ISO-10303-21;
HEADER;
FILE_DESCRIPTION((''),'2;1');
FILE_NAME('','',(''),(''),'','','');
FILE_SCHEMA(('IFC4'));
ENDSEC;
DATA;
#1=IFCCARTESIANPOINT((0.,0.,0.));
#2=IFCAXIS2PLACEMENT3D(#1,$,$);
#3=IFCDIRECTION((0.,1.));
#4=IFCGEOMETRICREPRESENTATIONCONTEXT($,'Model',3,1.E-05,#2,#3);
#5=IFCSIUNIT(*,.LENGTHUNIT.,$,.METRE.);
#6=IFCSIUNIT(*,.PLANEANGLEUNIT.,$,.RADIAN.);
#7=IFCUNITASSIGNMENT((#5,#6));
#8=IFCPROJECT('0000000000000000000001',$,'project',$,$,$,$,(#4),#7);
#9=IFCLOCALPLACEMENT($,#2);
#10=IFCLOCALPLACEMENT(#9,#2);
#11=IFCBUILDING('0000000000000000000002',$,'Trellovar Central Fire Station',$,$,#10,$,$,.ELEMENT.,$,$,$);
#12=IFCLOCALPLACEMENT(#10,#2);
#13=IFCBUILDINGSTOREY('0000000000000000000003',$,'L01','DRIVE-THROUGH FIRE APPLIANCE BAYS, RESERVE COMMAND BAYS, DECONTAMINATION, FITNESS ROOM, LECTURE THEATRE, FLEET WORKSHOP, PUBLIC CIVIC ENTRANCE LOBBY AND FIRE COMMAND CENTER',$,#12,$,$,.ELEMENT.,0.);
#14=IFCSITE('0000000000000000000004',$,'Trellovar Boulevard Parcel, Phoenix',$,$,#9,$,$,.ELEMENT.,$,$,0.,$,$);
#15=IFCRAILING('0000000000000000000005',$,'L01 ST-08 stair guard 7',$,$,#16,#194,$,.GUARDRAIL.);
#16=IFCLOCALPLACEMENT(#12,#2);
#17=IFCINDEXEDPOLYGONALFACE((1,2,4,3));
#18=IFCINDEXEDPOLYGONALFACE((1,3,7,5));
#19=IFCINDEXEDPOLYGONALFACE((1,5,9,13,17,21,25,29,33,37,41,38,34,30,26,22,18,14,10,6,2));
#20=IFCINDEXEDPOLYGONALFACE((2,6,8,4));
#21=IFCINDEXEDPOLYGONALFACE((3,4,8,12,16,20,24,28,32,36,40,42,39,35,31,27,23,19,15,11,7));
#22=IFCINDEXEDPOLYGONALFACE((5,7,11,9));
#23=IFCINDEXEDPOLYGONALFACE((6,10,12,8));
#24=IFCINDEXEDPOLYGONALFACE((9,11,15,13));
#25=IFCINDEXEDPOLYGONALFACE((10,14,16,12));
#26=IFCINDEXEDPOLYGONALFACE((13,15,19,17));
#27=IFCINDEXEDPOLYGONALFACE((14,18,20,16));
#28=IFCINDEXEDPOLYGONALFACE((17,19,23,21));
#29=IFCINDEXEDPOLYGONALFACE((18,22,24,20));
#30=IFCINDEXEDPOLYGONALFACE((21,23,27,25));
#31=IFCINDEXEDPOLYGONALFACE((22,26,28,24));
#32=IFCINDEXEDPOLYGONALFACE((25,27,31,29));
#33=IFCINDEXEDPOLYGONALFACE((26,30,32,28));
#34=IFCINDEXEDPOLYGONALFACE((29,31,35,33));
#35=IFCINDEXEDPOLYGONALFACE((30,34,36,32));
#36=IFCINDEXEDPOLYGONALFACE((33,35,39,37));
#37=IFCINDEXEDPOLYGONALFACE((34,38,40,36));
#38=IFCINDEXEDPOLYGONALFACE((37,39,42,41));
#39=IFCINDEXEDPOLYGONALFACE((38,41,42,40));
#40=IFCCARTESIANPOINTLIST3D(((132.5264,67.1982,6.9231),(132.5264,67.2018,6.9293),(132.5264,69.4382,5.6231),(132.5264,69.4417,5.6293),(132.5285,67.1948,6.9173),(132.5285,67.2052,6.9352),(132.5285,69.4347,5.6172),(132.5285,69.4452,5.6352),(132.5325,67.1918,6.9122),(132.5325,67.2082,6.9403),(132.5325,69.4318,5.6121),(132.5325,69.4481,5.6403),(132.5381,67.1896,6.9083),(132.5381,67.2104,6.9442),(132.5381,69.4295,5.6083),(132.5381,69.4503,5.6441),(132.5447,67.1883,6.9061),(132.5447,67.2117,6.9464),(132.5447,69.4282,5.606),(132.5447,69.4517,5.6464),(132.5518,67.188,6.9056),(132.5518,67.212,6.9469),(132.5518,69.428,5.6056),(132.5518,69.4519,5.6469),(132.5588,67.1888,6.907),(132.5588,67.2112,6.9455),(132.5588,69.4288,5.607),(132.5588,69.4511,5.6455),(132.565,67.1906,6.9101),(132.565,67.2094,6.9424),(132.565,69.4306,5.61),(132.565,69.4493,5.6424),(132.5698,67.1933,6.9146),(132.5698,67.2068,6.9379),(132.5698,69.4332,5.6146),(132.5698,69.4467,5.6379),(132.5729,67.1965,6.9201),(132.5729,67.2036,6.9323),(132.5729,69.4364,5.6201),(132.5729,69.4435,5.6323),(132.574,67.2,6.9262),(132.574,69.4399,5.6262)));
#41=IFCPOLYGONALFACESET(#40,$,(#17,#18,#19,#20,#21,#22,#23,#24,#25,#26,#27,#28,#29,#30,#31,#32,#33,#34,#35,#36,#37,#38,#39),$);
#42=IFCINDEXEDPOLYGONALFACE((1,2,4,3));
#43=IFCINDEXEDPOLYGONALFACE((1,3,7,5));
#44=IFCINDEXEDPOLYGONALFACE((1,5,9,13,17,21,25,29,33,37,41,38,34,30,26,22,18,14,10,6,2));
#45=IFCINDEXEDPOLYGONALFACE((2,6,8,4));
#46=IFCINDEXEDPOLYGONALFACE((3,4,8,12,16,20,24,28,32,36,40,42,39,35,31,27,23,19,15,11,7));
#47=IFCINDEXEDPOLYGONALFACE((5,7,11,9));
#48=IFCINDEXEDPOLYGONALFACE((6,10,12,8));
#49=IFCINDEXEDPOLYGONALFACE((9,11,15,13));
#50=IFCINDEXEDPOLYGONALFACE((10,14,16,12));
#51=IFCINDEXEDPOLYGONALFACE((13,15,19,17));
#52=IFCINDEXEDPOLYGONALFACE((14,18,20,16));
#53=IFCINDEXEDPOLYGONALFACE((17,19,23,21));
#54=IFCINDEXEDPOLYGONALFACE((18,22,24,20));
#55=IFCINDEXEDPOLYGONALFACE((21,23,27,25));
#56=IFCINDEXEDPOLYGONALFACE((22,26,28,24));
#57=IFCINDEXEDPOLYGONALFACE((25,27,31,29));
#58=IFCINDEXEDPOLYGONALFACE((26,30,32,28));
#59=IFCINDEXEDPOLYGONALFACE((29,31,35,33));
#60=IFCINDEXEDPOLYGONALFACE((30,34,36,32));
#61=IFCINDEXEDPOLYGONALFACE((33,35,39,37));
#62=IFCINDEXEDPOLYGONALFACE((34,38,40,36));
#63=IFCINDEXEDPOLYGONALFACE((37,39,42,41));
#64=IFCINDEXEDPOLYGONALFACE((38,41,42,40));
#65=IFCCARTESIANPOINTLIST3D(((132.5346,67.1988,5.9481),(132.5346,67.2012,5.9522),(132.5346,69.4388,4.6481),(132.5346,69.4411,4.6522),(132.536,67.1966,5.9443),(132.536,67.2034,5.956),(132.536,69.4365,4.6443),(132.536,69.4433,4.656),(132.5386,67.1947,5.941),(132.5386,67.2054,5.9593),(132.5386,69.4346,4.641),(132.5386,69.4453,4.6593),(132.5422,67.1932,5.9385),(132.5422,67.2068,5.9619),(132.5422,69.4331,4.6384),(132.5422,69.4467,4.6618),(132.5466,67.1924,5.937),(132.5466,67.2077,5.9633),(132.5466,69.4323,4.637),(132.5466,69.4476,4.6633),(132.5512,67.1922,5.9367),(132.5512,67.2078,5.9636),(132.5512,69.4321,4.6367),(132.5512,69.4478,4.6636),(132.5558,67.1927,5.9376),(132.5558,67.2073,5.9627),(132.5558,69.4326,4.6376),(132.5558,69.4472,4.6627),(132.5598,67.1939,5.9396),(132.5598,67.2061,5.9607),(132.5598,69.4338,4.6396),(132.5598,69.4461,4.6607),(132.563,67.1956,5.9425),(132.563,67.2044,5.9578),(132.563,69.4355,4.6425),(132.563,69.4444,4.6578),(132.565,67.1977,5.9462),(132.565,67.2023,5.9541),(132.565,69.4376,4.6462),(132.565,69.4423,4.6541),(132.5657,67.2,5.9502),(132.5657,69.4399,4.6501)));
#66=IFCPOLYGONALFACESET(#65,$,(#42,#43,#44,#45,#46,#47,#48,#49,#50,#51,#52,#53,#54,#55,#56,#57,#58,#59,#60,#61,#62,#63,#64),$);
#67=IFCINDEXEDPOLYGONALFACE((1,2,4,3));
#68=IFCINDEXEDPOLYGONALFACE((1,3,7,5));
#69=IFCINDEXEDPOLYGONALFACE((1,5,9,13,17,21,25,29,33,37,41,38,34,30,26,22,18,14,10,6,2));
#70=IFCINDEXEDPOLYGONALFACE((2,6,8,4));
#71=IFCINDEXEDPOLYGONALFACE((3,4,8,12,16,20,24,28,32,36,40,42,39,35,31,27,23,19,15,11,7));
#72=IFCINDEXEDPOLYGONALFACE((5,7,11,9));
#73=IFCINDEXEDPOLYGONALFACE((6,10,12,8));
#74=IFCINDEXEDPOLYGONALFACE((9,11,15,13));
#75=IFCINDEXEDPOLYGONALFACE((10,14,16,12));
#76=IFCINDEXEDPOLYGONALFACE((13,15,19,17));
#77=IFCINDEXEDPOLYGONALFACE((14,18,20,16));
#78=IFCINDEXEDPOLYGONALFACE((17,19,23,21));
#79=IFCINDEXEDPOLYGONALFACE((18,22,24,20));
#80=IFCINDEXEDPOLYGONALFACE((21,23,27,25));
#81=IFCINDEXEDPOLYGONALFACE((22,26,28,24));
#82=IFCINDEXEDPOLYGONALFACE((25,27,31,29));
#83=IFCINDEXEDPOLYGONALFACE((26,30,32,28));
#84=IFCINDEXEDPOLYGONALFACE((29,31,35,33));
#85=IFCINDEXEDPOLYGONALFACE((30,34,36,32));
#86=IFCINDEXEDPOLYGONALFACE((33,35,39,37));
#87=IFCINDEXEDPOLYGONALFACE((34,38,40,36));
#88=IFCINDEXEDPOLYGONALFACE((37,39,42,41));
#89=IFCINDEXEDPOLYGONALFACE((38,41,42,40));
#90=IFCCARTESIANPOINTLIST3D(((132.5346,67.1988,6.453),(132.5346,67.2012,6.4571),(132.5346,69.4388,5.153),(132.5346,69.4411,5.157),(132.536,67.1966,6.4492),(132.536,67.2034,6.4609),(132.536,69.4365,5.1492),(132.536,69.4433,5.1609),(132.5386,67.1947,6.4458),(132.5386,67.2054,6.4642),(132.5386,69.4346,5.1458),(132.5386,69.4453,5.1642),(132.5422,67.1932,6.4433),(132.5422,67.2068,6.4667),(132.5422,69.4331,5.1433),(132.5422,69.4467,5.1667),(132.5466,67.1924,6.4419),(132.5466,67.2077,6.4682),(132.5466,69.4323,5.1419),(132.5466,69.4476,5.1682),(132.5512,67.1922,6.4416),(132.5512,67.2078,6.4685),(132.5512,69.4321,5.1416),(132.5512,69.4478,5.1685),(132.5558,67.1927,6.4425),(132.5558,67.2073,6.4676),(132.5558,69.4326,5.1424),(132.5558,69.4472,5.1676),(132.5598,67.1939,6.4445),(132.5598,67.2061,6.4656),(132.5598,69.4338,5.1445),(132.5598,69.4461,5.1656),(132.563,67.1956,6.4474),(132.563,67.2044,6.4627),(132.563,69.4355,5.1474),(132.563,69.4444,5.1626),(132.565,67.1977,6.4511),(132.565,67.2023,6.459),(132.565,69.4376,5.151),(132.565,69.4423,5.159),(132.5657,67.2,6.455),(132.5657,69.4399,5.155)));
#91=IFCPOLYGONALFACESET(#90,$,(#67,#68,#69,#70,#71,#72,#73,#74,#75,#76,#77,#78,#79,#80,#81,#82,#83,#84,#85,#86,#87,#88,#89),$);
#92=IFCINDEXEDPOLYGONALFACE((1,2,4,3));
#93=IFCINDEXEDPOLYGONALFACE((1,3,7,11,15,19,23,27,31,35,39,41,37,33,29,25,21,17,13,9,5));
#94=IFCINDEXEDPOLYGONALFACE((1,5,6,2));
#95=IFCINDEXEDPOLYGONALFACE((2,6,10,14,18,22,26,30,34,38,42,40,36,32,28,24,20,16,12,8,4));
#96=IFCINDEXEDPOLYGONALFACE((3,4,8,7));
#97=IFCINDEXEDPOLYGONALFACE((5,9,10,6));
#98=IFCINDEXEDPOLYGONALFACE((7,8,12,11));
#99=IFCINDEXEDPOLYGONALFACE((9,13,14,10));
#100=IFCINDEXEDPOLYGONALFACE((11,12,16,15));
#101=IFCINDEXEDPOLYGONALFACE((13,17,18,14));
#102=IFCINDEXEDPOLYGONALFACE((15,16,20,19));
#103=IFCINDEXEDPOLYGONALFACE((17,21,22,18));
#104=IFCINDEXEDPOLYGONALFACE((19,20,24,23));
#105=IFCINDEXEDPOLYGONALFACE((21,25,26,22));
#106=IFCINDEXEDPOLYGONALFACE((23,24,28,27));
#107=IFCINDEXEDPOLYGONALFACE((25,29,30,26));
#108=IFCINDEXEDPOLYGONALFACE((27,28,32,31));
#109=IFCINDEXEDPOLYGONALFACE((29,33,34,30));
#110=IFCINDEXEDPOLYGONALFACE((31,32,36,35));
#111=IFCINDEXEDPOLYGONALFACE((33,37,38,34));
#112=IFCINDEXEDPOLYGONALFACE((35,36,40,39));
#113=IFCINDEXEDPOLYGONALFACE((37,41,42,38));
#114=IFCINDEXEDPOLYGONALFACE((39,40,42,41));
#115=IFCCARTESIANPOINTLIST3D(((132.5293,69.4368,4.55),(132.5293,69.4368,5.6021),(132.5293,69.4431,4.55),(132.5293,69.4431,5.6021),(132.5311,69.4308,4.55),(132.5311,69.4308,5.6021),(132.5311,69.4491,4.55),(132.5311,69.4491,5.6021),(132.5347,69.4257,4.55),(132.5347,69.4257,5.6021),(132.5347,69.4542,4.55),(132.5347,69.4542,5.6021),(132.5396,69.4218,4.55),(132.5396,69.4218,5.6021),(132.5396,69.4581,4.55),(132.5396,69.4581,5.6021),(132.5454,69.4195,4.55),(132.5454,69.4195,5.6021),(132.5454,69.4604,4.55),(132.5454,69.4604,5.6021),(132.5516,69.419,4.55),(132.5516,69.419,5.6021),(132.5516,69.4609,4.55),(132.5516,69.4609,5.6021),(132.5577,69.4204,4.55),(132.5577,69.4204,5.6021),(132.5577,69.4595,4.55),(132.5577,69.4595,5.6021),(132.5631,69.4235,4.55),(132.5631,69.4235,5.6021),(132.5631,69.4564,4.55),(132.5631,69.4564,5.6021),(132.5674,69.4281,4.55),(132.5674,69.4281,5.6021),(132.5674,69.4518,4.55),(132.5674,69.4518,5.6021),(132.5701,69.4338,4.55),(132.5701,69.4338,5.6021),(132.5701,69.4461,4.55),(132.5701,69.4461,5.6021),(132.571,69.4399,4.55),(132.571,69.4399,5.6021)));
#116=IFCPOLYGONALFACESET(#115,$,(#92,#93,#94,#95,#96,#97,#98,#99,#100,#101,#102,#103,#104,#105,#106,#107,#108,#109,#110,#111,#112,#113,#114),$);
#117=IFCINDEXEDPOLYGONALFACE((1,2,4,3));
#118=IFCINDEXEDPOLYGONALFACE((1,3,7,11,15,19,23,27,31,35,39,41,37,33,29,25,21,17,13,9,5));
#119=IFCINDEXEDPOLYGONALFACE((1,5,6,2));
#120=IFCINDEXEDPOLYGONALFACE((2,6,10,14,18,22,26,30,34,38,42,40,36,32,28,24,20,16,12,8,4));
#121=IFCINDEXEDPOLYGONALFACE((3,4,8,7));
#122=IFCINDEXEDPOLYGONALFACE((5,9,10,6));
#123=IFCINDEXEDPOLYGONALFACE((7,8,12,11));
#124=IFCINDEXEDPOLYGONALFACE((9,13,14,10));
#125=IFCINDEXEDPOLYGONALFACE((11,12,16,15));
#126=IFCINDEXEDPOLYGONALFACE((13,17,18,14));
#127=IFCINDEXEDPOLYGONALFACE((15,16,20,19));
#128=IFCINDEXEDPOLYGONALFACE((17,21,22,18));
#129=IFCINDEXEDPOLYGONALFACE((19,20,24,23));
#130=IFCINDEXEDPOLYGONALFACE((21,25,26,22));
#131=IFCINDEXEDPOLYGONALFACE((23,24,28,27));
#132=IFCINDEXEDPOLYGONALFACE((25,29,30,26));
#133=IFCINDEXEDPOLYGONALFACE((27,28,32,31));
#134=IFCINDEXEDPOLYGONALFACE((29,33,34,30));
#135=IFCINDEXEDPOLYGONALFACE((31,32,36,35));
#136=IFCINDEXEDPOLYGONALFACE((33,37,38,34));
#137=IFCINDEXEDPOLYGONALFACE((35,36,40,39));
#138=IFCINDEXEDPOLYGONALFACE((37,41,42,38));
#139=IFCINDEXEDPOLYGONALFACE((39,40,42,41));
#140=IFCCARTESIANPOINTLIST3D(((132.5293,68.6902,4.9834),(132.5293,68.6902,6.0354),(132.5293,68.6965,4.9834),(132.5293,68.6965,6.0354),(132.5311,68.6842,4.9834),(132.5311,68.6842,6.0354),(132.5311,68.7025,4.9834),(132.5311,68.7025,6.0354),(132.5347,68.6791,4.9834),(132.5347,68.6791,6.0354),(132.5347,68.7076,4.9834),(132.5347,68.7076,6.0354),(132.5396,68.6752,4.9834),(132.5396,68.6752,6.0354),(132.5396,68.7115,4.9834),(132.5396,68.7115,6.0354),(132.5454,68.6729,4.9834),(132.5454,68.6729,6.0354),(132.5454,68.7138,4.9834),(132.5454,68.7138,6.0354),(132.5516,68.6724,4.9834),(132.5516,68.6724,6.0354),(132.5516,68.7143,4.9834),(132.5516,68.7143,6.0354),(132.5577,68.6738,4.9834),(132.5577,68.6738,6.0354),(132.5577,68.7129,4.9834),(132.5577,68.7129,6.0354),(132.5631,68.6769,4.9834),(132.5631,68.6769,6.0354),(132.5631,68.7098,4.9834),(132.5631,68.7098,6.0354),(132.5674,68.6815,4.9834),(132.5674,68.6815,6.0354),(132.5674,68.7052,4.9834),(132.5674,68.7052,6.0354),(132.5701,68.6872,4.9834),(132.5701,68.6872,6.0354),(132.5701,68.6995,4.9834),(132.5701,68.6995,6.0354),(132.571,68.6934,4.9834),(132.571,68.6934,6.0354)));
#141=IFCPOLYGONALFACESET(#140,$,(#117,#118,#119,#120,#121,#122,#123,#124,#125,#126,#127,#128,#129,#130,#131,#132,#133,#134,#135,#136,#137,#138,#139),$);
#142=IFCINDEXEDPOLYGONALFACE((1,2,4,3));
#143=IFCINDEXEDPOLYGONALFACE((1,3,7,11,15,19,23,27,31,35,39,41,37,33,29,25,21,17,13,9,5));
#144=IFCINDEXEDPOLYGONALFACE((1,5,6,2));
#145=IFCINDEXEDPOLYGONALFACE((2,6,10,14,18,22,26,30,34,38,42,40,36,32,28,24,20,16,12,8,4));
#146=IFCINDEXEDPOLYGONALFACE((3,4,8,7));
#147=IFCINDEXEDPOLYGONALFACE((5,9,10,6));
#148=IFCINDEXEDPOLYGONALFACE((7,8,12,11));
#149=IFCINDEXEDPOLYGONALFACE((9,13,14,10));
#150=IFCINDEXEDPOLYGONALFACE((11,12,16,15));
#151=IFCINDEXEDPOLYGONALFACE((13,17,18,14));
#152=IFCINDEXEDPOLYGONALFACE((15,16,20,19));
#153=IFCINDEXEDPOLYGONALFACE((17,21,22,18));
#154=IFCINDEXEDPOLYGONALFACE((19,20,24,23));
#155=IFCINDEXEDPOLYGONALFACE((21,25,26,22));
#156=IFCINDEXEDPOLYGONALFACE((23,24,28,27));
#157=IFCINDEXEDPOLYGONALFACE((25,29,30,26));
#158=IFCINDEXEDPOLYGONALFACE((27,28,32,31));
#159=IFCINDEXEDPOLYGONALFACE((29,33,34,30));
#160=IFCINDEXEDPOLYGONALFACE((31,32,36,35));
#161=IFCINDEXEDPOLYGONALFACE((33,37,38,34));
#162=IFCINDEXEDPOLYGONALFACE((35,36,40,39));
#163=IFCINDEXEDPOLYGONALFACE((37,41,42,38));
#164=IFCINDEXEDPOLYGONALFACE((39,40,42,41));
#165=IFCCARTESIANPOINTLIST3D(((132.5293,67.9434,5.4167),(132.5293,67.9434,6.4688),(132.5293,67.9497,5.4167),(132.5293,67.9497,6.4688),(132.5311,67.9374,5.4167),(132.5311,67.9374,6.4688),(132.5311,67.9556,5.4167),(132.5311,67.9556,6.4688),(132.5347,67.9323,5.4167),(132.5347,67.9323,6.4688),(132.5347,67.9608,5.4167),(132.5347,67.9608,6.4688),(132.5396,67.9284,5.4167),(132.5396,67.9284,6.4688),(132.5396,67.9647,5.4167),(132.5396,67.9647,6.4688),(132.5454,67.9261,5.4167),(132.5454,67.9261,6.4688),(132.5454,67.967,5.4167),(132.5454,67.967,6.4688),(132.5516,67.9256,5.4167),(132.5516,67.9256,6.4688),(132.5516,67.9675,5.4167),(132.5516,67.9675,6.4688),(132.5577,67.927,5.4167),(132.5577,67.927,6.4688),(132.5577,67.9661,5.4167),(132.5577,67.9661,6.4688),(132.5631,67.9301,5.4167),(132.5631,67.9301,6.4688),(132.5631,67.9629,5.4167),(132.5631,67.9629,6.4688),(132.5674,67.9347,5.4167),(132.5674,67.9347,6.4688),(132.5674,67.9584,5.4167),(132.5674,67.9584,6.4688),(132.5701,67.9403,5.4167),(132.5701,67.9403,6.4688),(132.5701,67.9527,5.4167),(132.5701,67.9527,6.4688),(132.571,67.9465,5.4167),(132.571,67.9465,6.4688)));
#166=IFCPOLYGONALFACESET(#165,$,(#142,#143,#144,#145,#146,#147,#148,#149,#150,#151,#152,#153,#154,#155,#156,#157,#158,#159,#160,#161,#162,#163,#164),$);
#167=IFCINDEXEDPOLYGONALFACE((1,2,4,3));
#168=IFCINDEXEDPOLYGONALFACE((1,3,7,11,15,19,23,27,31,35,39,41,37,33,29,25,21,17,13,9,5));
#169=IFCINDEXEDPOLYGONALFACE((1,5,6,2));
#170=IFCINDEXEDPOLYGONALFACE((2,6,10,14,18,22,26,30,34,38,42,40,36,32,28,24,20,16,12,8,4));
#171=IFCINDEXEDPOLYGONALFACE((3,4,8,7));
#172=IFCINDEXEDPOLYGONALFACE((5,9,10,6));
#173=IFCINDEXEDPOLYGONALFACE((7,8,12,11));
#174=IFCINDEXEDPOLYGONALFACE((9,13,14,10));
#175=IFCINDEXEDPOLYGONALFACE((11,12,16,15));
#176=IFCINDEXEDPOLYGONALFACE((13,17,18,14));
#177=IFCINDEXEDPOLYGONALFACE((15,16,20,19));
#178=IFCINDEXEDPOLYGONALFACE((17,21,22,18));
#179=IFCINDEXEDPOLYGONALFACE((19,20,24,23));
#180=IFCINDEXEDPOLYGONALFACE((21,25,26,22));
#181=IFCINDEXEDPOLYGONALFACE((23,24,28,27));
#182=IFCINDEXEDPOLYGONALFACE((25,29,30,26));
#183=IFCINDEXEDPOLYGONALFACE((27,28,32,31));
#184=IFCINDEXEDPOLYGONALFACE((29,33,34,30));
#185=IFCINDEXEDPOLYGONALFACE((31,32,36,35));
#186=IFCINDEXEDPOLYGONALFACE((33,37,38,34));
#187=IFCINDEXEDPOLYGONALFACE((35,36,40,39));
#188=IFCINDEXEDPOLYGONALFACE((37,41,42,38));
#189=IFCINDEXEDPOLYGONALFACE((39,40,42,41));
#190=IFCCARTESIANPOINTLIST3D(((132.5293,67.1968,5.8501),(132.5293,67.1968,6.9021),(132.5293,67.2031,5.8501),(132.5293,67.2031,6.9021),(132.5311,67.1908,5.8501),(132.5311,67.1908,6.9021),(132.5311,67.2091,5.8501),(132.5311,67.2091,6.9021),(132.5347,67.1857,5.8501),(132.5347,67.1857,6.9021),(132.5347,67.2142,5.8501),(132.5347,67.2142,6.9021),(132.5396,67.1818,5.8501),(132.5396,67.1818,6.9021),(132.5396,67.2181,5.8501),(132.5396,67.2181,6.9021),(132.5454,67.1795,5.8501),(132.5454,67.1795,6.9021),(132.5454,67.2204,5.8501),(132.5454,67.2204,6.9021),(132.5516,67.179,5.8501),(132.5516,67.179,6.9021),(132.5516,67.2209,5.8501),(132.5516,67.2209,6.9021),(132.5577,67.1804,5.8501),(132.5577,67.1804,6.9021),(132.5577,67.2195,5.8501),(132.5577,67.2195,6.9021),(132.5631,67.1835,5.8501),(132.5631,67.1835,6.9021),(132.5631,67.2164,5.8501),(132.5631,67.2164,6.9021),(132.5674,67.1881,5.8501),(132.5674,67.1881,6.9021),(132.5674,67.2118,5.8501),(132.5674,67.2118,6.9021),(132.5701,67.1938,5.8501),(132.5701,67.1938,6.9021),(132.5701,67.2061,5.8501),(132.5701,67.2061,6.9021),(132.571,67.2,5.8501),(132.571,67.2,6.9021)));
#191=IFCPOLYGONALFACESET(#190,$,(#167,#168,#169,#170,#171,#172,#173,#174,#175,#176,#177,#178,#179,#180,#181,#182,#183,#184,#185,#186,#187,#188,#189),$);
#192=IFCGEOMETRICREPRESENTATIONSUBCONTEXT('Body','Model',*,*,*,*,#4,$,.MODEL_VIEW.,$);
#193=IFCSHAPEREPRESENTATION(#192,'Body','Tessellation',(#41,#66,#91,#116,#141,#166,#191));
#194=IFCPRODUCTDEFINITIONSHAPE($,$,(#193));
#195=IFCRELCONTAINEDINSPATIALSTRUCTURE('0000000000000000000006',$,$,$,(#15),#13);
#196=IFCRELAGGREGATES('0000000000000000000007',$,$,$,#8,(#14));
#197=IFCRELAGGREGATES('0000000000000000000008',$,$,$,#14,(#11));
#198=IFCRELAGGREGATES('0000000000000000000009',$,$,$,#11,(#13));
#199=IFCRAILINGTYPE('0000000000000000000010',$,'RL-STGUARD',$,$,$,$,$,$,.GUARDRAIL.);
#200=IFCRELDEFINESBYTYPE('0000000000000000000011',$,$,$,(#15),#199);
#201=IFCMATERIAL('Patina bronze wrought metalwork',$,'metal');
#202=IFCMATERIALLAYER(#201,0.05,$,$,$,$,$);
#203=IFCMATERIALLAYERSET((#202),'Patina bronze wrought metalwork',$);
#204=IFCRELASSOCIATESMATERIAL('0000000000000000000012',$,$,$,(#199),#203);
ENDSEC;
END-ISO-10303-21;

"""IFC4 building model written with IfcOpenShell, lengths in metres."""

from ifc_helpers import new_model, si_unit, direction, frame, origin, origin_2d, place, context, subcontext, project, spatial, circle, extrude, material, layer, layer_set, type_object, element, save


model = new_model("IFC4")

# Units and contexts
model_context = context("Model", 3, precision=1e-05, world=origin(), true_north=direction((0.0, 1.0)))
body_context = subcontext(model_context, "Body", "Model", "MODEL_VIEW")
ifc_project = project(units=[si_unit("LENGTHUNIT", "METRE"), si_unit("PLANEANGLEUNIT", "RADIAN")], contexts=[model_context])

# Site, building, storey
site_placement = place(None, origin())
site = spatial("IfcSite", under=ifc_project, at=site_placement, Name="Trellovar Boulevard Parcel, Phoenix", CompositionType="ELEMENT", RefElevation=0.0)
building_placement = place(site_placement, origin())
building = spatial("IfcBuilding", under=site, at=building_placement, Name="Trellovar Central Fire Station", CompositionType="ELEMENT")
storey_placement = place(building_placement, origin())
storey = spatial("IfcBuildingStorey", under=building, at=storey_placement, Name="L01", Description="DRIVE-THROUGH FIRE APPLIANCE BAYS, RESERVE COMMAND BAYS, DECONTAMINATION, FITNESS ROOM, LECTURE THEATRE, FLEET WORKSHOP, PUBLIC CIVIC ENTRANCE LOBBY AND FIRE COMMAND CENTER", CompositionType="ELEMENT", Elevation=0.0)

# Railing
ifc_material_1 = material(Name="Patina bronze wrought metalwork", Category="metal")
ifc_layer_1 = layer(ifc_material_1, 0.05)
ifc_layer_set_1 = layer_set([ifc_layer_1], Name="Patina bronze wrought metalwork")
railing_type_1 = type_object("IfcRailingType", Name="RL-STGUARD", PredefinedType="GUARDRAIL", material=ifc_layer_set_1)
railing_1_placement = place(storey_placement, frame((132.55, 69.4399, 4.55)))
element("IfcRailing", 1, at=railing_1_placement, inside=storey, type_object=railing_type_1, Name="L01 ST-08 stair guard 7", PredefinedType="GUARDRAIL", context=body_context, shape_type="SweptSolid", body=[
    extrude(circle(Radius=0.0239, at=origin_2d()), frame((0.0, 0.0, 1.0762), z_axis=(0.0, -0.864888, 0.501965), x_axis=(1.0, 0.0, 0.0)), (0.0, 0.0, 1.0), 2.5898),
    extrude(circle(Radius=0.0156, at=origin_2d()), frame((0.0, 0.0, 0.1001), z_axis=(0.0, -0.864888, 0.501965), x_axis=(1.0, 0.0, 0.0)), (0.0, 0.0, 1.0), 2.5898),
    extrude(circle(Radius=0.0156, at=origin_2d()), frame((0.0, 0.0, 0.605), z_axis=(0.0, -0.864888, 0.501965), x_axis=(1.0, 0.0, 0.0)), (0.0, 0.0, 1.0), 2.5898),
    extrude(circle(Radius=0.021, at=origin_2d()), origin(), (0.0, 0.0, 1.0), 1.052),
    extrude(circle(Radius=0.021, at=origin_2d()), frame((0.0, -0.7466, 0.4333)), (0.0, 0.0, 1.0), 1.052),
    extrude(circle(Radius=0.021, at=origin_2d()), frame((0.0, -1.4934, 0.8667)), (0.0, 0.0, 1.0), 1.052),
    extrude(circle(Radius=0.021, at=origin_2d()), frame((0.0, -2.24, 1.3)), (0.0, 0.0, 1.0), 1.052),
])

save(model, "model.ifc")
